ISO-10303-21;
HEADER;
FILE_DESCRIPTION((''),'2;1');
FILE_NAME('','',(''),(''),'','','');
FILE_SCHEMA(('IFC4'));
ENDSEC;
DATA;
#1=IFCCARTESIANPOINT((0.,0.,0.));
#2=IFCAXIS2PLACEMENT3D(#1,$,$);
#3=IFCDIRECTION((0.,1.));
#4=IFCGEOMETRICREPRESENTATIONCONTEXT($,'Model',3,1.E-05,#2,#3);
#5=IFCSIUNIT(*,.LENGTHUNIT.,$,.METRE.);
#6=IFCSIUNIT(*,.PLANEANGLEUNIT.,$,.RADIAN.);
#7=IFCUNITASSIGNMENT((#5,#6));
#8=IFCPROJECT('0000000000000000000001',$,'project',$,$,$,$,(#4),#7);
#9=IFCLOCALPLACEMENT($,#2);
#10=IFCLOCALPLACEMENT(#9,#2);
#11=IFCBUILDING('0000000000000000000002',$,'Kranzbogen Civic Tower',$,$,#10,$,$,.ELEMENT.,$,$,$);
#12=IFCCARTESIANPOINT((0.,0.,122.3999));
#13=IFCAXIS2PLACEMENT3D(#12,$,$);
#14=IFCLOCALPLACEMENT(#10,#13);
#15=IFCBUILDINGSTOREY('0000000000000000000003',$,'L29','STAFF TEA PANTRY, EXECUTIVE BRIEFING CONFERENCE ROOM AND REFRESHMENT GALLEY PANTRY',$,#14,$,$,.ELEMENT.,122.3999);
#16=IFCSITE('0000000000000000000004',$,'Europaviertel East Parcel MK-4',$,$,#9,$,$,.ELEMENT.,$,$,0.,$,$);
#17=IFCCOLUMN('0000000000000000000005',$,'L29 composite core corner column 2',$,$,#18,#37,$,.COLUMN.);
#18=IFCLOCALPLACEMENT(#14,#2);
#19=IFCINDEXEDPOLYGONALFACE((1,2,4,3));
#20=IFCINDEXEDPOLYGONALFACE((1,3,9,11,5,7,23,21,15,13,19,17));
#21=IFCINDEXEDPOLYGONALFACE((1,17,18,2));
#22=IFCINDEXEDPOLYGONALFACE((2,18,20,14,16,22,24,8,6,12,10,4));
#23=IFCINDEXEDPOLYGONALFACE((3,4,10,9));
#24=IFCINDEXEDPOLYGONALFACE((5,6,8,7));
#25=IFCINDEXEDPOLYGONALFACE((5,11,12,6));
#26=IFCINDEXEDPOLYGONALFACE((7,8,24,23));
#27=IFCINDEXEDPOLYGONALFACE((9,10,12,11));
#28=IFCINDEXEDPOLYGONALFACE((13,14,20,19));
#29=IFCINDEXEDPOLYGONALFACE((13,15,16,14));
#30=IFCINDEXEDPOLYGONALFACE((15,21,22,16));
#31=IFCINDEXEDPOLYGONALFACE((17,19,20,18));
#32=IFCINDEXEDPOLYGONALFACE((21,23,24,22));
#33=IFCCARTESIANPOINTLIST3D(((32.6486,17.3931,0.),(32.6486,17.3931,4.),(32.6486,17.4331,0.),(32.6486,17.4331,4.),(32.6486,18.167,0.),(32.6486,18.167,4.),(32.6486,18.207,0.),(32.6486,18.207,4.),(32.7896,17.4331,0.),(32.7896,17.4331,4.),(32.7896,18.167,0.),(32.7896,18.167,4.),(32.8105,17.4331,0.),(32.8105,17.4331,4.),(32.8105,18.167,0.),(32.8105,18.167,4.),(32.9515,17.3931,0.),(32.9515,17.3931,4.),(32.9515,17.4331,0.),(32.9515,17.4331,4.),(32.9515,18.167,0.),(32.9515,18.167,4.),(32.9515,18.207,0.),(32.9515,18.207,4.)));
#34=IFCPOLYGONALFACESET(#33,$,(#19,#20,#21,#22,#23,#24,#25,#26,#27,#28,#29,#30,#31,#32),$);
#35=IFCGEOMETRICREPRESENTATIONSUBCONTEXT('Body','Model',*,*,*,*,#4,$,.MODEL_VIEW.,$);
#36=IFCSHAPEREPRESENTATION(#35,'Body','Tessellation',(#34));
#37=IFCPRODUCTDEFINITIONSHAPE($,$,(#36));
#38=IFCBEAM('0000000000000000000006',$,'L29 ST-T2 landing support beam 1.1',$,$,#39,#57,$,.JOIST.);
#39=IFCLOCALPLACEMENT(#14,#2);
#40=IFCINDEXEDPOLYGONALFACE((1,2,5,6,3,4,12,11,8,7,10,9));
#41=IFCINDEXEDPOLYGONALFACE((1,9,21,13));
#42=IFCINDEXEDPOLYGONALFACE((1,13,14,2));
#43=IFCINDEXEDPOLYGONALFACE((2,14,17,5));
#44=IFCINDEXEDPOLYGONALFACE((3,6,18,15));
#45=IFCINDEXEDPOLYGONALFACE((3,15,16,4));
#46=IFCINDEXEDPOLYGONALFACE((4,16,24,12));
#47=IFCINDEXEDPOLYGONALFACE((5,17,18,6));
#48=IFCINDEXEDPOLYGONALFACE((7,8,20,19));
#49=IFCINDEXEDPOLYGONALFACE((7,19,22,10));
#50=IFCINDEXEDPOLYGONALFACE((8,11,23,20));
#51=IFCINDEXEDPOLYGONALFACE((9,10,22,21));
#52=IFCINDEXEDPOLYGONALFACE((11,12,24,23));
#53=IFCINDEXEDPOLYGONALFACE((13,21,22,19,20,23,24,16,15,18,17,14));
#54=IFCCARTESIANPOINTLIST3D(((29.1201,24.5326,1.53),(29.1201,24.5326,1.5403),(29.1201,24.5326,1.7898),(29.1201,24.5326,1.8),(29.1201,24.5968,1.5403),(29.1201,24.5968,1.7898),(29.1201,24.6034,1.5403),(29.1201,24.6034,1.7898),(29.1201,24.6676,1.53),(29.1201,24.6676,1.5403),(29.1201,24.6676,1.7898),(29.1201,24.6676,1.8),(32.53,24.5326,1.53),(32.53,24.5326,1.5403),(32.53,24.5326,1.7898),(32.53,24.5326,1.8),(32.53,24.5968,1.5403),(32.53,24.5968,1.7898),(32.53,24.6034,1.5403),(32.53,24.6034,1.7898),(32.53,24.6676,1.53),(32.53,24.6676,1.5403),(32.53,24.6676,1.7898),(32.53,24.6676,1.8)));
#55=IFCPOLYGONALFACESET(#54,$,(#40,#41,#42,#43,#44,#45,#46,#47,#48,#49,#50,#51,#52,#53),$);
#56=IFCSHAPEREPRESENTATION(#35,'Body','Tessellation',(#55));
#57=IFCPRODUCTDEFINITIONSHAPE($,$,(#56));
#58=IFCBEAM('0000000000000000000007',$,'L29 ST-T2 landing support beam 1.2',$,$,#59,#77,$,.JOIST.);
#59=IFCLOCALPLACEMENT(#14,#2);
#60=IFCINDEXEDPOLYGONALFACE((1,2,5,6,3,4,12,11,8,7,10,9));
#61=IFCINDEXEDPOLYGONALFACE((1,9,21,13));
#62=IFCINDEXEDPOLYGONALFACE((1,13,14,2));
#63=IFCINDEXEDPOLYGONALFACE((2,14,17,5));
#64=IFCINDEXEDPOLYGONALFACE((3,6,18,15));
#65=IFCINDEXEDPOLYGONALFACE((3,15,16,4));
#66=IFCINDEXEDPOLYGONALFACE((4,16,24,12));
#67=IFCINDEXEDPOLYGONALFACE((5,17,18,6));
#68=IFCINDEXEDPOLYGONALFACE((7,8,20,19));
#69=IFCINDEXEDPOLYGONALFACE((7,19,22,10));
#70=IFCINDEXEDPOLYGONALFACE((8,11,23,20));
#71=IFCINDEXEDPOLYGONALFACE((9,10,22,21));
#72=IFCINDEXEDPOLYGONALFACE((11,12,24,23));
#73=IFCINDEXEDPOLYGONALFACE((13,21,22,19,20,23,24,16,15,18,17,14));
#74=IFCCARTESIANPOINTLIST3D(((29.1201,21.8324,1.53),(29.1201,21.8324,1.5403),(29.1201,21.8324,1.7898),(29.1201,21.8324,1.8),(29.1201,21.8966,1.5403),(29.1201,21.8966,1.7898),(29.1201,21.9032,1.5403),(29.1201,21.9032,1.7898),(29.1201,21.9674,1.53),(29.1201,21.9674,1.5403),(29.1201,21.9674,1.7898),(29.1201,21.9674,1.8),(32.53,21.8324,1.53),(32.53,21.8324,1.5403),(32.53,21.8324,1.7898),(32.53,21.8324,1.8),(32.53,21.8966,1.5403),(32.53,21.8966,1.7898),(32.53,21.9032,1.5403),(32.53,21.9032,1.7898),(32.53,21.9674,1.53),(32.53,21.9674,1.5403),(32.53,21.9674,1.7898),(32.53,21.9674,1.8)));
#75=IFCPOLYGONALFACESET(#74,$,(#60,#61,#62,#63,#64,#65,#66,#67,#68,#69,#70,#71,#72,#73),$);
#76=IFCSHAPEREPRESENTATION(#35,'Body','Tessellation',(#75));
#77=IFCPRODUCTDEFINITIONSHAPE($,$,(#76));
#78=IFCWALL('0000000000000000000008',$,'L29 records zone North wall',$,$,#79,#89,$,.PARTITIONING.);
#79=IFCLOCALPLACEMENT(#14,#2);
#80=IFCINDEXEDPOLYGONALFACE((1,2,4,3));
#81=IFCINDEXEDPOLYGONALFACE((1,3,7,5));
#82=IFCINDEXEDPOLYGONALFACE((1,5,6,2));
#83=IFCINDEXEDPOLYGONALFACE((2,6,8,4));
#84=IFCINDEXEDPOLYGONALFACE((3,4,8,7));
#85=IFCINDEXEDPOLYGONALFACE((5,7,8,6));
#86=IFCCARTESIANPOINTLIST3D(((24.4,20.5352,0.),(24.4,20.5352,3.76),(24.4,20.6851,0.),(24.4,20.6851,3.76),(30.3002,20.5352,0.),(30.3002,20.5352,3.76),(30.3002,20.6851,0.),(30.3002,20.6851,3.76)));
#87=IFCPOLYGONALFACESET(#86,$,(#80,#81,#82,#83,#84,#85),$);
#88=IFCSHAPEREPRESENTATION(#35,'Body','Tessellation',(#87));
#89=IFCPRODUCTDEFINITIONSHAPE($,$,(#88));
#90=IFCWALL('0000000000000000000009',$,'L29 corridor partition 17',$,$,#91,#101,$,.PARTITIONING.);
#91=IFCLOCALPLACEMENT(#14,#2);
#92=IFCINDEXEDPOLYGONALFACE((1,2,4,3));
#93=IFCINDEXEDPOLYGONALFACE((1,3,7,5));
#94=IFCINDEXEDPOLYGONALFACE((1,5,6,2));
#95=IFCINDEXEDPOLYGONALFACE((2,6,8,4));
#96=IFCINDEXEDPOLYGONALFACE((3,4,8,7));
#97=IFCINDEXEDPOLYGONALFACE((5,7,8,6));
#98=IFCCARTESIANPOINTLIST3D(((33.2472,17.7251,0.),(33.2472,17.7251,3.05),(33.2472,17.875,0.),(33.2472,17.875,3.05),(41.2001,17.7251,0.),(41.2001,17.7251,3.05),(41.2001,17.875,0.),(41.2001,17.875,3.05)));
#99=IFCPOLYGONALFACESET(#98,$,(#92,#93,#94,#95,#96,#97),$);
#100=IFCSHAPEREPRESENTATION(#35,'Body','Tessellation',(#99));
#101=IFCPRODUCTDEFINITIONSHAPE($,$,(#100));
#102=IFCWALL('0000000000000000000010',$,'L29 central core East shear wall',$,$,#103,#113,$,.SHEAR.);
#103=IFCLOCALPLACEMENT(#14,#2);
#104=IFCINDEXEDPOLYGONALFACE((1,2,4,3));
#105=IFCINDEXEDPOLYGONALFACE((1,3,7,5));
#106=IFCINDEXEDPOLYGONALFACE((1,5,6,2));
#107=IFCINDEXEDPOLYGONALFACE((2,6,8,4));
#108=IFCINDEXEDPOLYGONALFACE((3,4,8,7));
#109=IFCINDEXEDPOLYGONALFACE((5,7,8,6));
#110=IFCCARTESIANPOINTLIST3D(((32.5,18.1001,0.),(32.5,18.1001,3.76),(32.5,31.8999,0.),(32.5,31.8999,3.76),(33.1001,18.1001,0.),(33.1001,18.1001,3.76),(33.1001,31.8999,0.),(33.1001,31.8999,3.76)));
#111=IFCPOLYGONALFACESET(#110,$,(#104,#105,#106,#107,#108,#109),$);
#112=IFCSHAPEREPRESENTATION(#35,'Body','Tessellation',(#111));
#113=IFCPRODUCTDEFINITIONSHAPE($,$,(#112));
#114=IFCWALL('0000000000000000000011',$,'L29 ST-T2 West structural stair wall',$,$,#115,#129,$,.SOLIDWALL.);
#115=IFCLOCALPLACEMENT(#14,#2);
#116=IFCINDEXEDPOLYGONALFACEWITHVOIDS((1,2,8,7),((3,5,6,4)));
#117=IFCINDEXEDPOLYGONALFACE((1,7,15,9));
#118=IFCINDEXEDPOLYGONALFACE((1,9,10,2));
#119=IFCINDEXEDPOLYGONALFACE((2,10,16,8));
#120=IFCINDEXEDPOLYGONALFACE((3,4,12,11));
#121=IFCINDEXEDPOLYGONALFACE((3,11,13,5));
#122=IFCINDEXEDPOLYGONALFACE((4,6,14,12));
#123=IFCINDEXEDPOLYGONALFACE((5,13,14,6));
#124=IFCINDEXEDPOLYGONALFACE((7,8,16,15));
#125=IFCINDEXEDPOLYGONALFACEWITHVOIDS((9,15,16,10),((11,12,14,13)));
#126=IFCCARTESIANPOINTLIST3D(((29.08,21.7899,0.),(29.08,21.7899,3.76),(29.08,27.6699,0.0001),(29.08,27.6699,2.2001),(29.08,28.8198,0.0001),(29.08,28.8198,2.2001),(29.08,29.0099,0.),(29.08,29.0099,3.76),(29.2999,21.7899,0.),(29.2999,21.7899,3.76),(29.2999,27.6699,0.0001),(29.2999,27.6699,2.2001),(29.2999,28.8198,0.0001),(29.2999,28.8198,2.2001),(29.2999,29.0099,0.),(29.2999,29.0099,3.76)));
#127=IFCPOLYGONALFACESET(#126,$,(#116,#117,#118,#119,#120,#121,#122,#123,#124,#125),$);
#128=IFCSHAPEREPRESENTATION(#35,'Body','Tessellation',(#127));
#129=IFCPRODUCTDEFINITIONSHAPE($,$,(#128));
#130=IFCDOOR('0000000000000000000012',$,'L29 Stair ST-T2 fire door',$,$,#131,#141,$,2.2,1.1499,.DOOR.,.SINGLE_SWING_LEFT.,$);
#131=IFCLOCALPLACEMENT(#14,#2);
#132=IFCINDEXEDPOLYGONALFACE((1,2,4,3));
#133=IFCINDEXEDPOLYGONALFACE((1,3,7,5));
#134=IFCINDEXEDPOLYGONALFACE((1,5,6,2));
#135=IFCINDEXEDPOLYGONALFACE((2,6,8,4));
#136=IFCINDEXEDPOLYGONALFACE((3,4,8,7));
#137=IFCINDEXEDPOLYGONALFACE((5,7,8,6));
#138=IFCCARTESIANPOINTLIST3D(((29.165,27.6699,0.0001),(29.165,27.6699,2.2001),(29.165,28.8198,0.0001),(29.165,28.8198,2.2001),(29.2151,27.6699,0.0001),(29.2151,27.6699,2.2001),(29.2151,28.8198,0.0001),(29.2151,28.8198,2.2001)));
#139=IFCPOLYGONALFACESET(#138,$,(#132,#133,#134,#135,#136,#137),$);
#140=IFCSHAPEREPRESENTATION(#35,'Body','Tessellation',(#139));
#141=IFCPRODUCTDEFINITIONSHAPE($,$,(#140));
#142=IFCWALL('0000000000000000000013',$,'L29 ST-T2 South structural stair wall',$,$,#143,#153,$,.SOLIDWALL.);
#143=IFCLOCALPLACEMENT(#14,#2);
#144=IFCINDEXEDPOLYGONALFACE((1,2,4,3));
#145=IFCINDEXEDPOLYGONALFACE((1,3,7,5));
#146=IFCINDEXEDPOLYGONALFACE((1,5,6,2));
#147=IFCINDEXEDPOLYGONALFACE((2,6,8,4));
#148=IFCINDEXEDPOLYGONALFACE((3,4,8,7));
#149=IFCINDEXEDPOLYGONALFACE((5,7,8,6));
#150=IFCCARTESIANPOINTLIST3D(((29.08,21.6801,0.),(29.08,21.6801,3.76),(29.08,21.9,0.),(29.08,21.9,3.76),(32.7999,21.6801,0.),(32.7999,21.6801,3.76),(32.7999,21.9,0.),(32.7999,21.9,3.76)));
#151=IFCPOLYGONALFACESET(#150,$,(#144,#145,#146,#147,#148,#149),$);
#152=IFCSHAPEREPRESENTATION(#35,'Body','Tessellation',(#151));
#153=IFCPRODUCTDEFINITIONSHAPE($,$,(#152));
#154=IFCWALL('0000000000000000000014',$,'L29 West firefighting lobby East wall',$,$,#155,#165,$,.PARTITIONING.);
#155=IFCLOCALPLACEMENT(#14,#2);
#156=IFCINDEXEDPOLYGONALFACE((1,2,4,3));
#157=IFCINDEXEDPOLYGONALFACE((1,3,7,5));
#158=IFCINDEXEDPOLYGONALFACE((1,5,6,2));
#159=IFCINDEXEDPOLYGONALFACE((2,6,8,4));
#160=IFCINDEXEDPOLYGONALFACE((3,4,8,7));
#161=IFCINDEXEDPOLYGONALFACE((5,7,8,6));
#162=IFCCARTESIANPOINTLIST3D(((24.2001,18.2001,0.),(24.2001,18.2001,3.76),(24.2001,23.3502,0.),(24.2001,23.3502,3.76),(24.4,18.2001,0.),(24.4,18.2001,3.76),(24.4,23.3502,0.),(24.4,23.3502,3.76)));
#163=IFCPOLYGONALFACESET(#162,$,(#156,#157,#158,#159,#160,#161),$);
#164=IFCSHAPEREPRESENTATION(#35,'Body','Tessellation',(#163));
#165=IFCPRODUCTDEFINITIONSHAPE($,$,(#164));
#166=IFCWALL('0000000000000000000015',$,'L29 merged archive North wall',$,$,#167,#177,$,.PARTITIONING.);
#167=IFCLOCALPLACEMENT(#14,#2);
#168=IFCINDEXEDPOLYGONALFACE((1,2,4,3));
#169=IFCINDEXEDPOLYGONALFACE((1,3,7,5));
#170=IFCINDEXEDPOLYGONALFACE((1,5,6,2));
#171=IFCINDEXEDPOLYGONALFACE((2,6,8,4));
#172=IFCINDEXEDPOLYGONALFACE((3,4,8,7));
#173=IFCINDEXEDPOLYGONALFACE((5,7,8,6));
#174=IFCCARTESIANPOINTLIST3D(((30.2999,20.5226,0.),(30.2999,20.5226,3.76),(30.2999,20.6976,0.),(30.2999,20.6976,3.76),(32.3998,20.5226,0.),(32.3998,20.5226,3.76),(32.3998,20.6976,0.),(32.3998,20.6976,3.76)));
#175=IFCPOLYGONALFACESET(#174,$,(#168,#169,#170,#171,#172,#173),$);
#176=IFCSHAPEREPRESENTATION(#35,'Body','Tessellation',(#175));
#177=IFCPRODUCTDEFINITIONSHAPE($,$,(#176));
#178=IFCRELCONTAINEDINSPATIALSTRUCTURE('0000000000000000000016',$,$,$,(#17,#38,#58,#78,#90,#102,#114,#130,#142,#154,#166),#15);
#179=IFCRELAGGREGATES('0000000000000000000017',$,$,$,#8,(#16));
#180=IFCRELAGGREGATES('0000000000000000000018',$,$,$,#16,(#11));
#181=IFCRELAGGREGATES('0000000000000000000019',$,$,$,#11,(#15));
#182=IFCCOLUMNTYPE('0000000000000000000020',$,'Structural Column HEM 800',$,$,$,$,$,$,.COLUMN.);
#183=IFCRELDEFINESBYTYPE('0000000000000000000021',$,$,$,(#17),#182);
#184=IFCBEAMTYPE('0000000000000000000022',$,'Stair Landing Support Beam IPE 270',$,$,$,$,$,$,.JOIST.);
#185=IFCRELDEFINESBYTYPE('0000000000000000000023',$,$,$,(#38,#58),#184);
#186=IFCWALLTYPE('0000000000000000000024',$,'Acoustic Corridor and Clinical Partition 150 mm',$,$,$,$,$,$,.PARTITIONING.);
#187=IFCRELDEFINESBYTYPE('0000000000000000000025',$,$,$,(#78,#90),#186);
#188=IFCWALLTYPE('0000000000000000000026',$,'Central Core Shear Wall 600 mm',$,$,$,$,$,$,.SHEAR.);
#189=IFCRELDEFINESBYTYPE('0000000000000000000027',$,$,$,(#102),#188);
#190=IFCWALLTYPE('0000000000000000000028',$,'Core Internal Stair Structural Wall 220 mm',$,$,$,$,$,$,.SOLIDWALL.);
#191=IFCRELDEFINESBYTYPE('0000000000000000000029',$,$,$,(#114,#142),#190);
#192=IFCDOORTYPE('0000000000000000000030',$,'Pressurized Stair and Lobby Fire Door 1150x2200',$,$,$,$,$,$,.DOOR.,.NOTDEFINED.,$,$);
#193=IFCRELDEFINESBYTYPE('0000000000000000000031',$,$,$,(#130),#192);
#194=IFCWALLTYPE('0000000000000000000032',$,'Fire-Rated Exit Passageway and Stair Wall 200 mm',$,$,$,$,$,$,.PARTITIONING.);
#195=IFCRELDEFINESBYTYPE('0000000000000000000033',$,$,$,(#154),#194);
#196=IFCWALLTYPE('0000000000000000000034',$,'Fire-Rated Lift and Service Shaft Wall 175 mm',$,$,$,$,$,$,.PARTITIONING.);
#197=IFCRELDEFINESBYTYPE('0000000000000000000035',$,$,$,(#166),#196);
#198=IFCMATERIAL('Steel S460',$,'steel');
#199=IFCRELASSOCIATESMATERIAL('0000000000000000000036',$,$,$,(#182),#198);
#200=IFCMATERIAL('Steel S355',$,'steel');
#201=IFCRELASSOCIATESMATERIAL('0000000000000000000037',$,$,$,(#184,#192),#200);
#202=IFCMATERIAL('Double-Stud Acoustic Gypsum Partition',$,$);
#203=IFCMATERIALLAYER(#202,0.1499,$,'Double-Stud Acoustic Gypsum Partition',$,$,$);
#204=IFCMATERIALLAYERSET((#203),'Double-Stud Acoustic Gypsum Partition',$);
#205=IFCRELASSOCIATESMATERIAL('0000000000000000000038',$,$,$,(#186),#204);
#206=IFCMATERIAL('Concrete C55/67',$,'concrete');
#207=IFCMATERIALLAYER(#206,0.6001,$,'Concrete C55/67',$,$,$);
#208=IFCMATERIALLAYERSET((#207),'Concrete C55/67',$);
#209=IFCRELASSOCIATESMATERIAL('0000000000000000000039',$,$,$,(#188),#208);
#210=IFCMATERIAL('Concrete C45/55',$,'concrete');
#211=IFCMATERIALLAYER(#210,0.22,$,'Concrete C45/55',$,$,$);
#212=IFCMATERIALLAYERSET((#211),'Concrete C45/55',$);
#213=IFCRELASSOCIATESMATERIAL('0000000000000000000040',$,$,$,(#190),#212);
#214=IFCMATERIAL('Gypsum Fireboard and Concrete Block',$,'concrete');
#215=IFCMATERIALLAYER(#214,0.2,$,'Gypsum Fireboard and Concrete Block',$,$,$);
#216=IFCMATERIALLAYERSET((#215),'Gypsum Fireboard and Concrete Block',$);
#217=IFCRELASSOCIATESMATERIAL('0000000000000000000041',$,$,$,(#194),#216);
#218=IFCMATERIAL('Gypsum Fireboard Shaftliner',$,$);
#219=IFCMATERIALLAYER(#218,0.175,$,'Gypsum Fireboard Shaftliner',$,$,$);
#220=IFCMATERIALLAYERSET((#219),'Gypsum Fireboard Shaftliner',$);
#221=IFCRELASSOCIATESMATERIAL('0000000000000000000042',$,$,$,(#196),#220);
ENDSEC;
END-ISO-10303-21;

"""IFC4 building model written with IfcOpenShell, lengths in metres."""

from ifc_helpers import new_model, si_unit, direction, frame, frame_2d, origin, origin_2d, place, context, subcontext, project, spatial, rectangle, i_section, extrude, material, layer, layer_set, material_profile, profile_set, type_object, element, fill, save


model = new_model("IFC4")

# Units and contexts
model_context = context("Model", 3, precision=1e-05, world=origin(), true_north=direction((0.0, 1.0)))
body_context = subcontext(model_context, "Body", "Model", "MODEL_VIEW")
ifc_project = project(units=[si_unit("LENGTHUNIT", "METRE"), si_unit("PLANEANGLEUNIT", "RADIAN")], contexts=[model_context])

# Site, building, storey
site_placement = place(None, origin())
site = spatial("IfcSite", under=ifc_project, at=site_placement, Name="Europaviertel East Parcel MK-4", CompositionType="ELEMENT", RefElevation=0.0)
building_placement = place(site_placement, origin())
building = spatial("IfcBuilding", under=site, at=building_placement, Name="Kranzbogen Civic Tower", CompositionType="ELEMENT")
storey_placement = place(building_placement, frame((0.0, 0.0, 122.3999)))
storey = spatial("IfcBuildingStorey", under=building, at=storey_placement, Name="L29", Description="STAFF TEA PANTRY, EXECUTIVE BRIEFING CONFERENCE ROOM AND REFRESHMENT GALLEY PANTRY", CompositionType="ELEMENT", Elevation=122.3999)

# Column
ifc_material_1 = material(Name="Steel S460", Category="steel")
ifc_material_profile_1 = material_profile(ifc_material_1, i_section(OverallWidth=0.303, OverallDepth=0.814, WebThickness=0.021, FlangeThickness=0.04, at=origin_2d()), Name="HEM 800")
ifc_profile_set_1 = profile_set([ifc_material_profile_1], Name="Steel S460")
column_type = type_object("IfcColumnType", Name="Structural Column HEM 800", PredefinedType="COLUMN", material=ifc_profile_set_1)
column_placement = place(storey_placement, frame((32.8, 17.8, 0.0), z_axis=(0.0, 0.0, 1.0), x_axis=(1.0, 0.0, 0.0)))
element("IfcColumn", 1, at=column_placement, inside=storey, type_object=column_type, Name="L29 composite core corner column 2", PredefinedType="COLUMN", context=body_context, shape_type="SweptSolid", body=[
    extrude(i_section(OverallWidth=0.303, OverallDepth=0.814, WebThickness=0.021, FlangeThickness=0.04, at=origin_2d()), origin(), (0.0, 0.0, 1.0), 4.0),
])

# Beams
ifc_material_2 = material(Name="Steel S355", Category="steel")
ifc_material_profile_2 = material_profile(ifc_material_2, i_section(OverallWidth=0.135, OverallDepth=0.27, WebThickness=0.0066, FlangeThickness=0.0103, at=origin_2d()), Name="IPE 270")
ifc_profile_set_2 = profile_set([ifc_material_profile_2], Name="Steel S355")
beam_type = type_object("IfcBeamType", Name="Stair Landing Support Beam IPE 270", PredefinedType="JOIST", material=ifc_profile_set_2)
for number, where, z_axis, x_axis, name in (
    (2, (29.1201, 24.6001, 1.665), (1.0, 0.0, 0.0), (0.0, 1.0, 0.0), "L29 ST-T2 landing support beam 1.1"),
    (3, (29.1201, 21.8999, 1.665), (1.0, 0.0, 0.0), (0.0, 1.0, 0.0), "L29 ST-T2 landing support beam 1.2"),
):
    element("IfcBeam", number, at=place(storey_placement, frame(where, z_axis=z_axis, x_axis=x_axis)), inside=storey, type_object=beam_type, Name=name, PredefinedType="JOIST", context=body_context, shape_type="SweptSolid", body=[
        extrude(i_section(OverallWidth=0.135, OverallDepth=0.27, WebThickness=0.0066, FlangeThickness=0.0103, at=origin_2d()), origin(), (0.0, 0.0, 1.0), 3.4099),
    ])

# Walls
ifc_material_3 = material(Name="Double-Stud Acoustic Gypsum Partition")
ifc_layer_1 = layer(ifc_material_3, 0.1499, Name="Double-Stud Acoustic Gypsum Partition")
ifc_layer_set_1 = layer_set([ifc_layer_1], Name="Double-Stud Acoustic Gypsum Partition")
wall_type_1 = type_object("IfcWallType", Name="Acoustic Corridor and Clinical Partition 150 mm", PredefinedType="PARTITIONING", material=ifc_layer_set_1)
wall_1_placement = place(storey_placement, frame((24.3999, 20.6101, 0.0), z_axis=(0.0, 0.0, 1.0), x_axis=(1.0, 0.0, 0.0)))
element("IfcWall", 4, at=wall_1_placement, inside=storey, type_object=wall_type_1, Name="L29 records zone North wall", PredefinedType="PARTITIONING", context=body_context, shape_type="SweptSolid", body=[
    extrude(rectangle(XDim=5.9001, YDim=0.1499, at=frame_2d((2.9502, 0.0))), origin(), (0.0, 0.0, 1.0), 3.76),
])
wall_2_placement = place(storey_placement, frame((33.2471, 17.8, 0.0), z_axis=(0.0, 0.0, 1.0), x_axis=(1.0, 0.0, 0.0)))
element("IfcWall", 5, at=wall_2_placement, inside=storey, type_object=wall_type_1, Name="L29 corridor partition 17", PredefinedType="PARTITIONING", context=body_context, shape_type="SweptSolid", body=[
    extrude(rectangle(XDim=7.9529, YDim=0.1499, at=frame_2d((3.9766, 0.0))), origin(), (0.0, 0.0, 1.0), 3.05),
])
ifc_material_4 = material(Name="Concrete C55/67", Category="concrete")
ifc_layer_2 = layer(ifc_material_4, 0.6001, Name="Concrete C55/67")
ifc_layer_set_2 = layer_set([ifc_layer_2], Name="Concrete C55/67")
wall_type_2 = type_object("IfcWallType", Name="Central Core Shear Wall 600 mm", PredefinedType="SHEAR", material=ifc_layer_set_2)
wall_3_placement = place(storey_placement, frame((32.8, 18.1001, 0.0), z_axis=(0.0, 0.0, 1.0), x_axis=(0.0, 1.0, 0.0)))
element("IfcWall", 6, at=wall_3_placement, inside=storey, type_object=wall_type_2, Name="L29 central core East shear wall", PredefinedType="SHEAR", context=body_context, shape_type="SweptSolid", body=[
    extrude(rectangle(XDim=13.7998, YDim=0.6001, at=frame_2d((6.8999, 0.0))), origin(), (0.0, 0.0, 1.0), 3.76),
])

# Wall, opening, door
ifc_material_5 = material(Name="Concrete C45/55", Category="concrete")
ifc_layer_3 = layer(ifc_material_5, 0.22, Name="Concrete C45/55")
ifc_layer_set_3 = layer_set([ifc_layer_3], Name="Concrete C45/55")
wall_type_3 = type_object("IfcWallType", Name="Core Internal Stair Structural Wall 220 mm", PredefinedType="SOLIDWALL", material=ifc_layer_set_3)
wall_4_placement = place(storey_placement, frame((29.1899, 21.79, 0.0), z_axis=(0.0, 0.0, 1.0), x_axis=(0.0, 1.0, 0.0)))
wall_4 = element("IfcWall", 7, at=wall_4_placement, inside=storey, type_object=wall_type_3, Name="L29 ST-T2 West structural stair wall", PredefinedType="SOLIDWALL", context=body_context, shape_type="SweptSolid", body=[
    extrude(rectangle(XDim=7.22, YDim=0.22, at=frame_2d((3.6099, 0.0))), origin(), (0.0, 0.0, 1.0), 3.76),
])
opening_1_placement = place(wall_4_placement, frame((5.8799, 0.0, 0.0)))
opening_1 = element("IfcOpeningElement", 8, at=opening_1_placement, cuts=wall_4, PredefinedType="OPENING", context=body_context, shape_type="SweptSolid", body=[
    extrude(rectangle(XDim=1.1499, YDim=2.2, at=frame_2d((0.575, 1.1001))), frame((0.0, 0.1201, 0.0), z_axis=(0.0, -1.0, 0.0), x_axis=(1.0, 0.0, 0.0)), (0.0, 0.0, 1.0), 0.24),
])
door_type_1 = type_object("IfcDoorType", Name="Pressurized Stair and Lobby Fire Door 1150x2200", OperationType="NOTDEFINED", PredefinedType="DOOR", material=ifc_material_2)
door_1_placement = place(opening_1_placement, origin())
door_1 = element("IfcDoor", 9, at=door_1_placement, inside=storey, type_object=door_type_1, Name="L29 Stair ST-T2 fire door", OperationType="SINGLE_SWING_LEFT", OverallHeight=2.2, OverallWidth=1.1499, PredefinedType="DOOR", context=body_context, shape_type="SweptSolid", body=[
    extrude(rectangle(XDim=1.1499, YDim=2.2, at=frame_2d((0.575, 1.1001))), frame((0.0, 0.0249, 0.0), z_axis=(0.0, -1.0, 0.0), x_axis=(1.0, 0.0, 0.0)), (0.0, 0.0, 1.0), 0.05),
])
fill(opening_1, door_1)

# Walls
wall_5_placement = place(storey_placement, frame((29.0801, 21.79, 0.0), z_axis=(0.0, 0.0, 1.0), x_axis=(1.0, 0.0, 0.0)))
element("IfcWall", 10, at=wall_5_placement, inside=storey, type_object=wall_type_3, Name="L29 ST-T2 South structural stair wall", PredefinedType="SOLIDWALL", context=body_context, shape_type="SweptSolid", body=[
    extrude(rectangle(XDim=3.72, YDim=0.22, at=frame_2d((1.8599, 0.0))), origin(), (0.0, 0.0, 1.0), 3.76),
])
ifc_material_6 = material(Name="Gypsum Fireboard and Concrete Block", Category="concrete")
ifc_layer_4 = layer(ifc_material_6, 0.2, Name="Gypsum Fireboard and Concrete Block")
ifc_layer_set_4 = layer_set([ifc_layer_4], Name="Gypsum Fireboard and Concrete Block")
wall_type_4 = type_object("IfcWallType", Name="Fire-Rated Exit Passageway and Stair Wall 200 mm", PredefinedType="PARTITIONING", material=ifc_layer_set_4)
wall_6_placement = place(storey_placement, frame((24.3, 18.2, 0.0), z_axis=(0.0, 0.0, 1.0), x_axis=(0.0, 1.0, 0.0)))
element("IfcWall", 11, at=wall_6_placement, inside=storey, type_object=wall_type_4, Name="L29 West firefighting lobby East wall", PredefinedType="PARTITIONING", context=body_context, shape_type="SweptSolid", body=[
    extrude(rectangle(XDim=5.1501, YDim=0.2, at=frame_2d((2.5752, 0.0))), origin(), (0.0, 0.0, 1.0), 3.76),
])
ifc_material_7 = material(Name="Gypsum Fireboard Shaftliner")
ifc_layer_5 = layer(ifc_material_7, 0.175, Name="Gypsum Fireboard Shaftliner")
ifc_layer_set_5 = layer_set([ifc_layer_5], Name="Gypsum Fireboard Shaftliner")
wall_type_5 = type_object("IfcWallType", Name="Fire-Rated Lift and Service Shaft Wall 175 mm", PredefinedType="PARTITIONING", material=ifc_layer_set_5)
wall_7_placement = place(storey_placement, frame((30.3, 20.6101, 0.0), z_axis=(0.0, 0.0, 1.0), x_axis=(1.0, 0.0, 0.0)))
element("IfcWall", 12, at=wall_7_placement, inside=storey, type_object=wall_type_5, Name="L29 merged archive North wall", PredefinedType="PARTITIONING", context=body_context, shape_type="SweptSolid", body=[
    extrude(rectangle(XDim=2.0999, YDim=0.175, at=frame_2d((1.0498, 0.0))), origin(), (0.0, 0.0, 1.0), 3.76),
])

save(model, "model.ifc")
